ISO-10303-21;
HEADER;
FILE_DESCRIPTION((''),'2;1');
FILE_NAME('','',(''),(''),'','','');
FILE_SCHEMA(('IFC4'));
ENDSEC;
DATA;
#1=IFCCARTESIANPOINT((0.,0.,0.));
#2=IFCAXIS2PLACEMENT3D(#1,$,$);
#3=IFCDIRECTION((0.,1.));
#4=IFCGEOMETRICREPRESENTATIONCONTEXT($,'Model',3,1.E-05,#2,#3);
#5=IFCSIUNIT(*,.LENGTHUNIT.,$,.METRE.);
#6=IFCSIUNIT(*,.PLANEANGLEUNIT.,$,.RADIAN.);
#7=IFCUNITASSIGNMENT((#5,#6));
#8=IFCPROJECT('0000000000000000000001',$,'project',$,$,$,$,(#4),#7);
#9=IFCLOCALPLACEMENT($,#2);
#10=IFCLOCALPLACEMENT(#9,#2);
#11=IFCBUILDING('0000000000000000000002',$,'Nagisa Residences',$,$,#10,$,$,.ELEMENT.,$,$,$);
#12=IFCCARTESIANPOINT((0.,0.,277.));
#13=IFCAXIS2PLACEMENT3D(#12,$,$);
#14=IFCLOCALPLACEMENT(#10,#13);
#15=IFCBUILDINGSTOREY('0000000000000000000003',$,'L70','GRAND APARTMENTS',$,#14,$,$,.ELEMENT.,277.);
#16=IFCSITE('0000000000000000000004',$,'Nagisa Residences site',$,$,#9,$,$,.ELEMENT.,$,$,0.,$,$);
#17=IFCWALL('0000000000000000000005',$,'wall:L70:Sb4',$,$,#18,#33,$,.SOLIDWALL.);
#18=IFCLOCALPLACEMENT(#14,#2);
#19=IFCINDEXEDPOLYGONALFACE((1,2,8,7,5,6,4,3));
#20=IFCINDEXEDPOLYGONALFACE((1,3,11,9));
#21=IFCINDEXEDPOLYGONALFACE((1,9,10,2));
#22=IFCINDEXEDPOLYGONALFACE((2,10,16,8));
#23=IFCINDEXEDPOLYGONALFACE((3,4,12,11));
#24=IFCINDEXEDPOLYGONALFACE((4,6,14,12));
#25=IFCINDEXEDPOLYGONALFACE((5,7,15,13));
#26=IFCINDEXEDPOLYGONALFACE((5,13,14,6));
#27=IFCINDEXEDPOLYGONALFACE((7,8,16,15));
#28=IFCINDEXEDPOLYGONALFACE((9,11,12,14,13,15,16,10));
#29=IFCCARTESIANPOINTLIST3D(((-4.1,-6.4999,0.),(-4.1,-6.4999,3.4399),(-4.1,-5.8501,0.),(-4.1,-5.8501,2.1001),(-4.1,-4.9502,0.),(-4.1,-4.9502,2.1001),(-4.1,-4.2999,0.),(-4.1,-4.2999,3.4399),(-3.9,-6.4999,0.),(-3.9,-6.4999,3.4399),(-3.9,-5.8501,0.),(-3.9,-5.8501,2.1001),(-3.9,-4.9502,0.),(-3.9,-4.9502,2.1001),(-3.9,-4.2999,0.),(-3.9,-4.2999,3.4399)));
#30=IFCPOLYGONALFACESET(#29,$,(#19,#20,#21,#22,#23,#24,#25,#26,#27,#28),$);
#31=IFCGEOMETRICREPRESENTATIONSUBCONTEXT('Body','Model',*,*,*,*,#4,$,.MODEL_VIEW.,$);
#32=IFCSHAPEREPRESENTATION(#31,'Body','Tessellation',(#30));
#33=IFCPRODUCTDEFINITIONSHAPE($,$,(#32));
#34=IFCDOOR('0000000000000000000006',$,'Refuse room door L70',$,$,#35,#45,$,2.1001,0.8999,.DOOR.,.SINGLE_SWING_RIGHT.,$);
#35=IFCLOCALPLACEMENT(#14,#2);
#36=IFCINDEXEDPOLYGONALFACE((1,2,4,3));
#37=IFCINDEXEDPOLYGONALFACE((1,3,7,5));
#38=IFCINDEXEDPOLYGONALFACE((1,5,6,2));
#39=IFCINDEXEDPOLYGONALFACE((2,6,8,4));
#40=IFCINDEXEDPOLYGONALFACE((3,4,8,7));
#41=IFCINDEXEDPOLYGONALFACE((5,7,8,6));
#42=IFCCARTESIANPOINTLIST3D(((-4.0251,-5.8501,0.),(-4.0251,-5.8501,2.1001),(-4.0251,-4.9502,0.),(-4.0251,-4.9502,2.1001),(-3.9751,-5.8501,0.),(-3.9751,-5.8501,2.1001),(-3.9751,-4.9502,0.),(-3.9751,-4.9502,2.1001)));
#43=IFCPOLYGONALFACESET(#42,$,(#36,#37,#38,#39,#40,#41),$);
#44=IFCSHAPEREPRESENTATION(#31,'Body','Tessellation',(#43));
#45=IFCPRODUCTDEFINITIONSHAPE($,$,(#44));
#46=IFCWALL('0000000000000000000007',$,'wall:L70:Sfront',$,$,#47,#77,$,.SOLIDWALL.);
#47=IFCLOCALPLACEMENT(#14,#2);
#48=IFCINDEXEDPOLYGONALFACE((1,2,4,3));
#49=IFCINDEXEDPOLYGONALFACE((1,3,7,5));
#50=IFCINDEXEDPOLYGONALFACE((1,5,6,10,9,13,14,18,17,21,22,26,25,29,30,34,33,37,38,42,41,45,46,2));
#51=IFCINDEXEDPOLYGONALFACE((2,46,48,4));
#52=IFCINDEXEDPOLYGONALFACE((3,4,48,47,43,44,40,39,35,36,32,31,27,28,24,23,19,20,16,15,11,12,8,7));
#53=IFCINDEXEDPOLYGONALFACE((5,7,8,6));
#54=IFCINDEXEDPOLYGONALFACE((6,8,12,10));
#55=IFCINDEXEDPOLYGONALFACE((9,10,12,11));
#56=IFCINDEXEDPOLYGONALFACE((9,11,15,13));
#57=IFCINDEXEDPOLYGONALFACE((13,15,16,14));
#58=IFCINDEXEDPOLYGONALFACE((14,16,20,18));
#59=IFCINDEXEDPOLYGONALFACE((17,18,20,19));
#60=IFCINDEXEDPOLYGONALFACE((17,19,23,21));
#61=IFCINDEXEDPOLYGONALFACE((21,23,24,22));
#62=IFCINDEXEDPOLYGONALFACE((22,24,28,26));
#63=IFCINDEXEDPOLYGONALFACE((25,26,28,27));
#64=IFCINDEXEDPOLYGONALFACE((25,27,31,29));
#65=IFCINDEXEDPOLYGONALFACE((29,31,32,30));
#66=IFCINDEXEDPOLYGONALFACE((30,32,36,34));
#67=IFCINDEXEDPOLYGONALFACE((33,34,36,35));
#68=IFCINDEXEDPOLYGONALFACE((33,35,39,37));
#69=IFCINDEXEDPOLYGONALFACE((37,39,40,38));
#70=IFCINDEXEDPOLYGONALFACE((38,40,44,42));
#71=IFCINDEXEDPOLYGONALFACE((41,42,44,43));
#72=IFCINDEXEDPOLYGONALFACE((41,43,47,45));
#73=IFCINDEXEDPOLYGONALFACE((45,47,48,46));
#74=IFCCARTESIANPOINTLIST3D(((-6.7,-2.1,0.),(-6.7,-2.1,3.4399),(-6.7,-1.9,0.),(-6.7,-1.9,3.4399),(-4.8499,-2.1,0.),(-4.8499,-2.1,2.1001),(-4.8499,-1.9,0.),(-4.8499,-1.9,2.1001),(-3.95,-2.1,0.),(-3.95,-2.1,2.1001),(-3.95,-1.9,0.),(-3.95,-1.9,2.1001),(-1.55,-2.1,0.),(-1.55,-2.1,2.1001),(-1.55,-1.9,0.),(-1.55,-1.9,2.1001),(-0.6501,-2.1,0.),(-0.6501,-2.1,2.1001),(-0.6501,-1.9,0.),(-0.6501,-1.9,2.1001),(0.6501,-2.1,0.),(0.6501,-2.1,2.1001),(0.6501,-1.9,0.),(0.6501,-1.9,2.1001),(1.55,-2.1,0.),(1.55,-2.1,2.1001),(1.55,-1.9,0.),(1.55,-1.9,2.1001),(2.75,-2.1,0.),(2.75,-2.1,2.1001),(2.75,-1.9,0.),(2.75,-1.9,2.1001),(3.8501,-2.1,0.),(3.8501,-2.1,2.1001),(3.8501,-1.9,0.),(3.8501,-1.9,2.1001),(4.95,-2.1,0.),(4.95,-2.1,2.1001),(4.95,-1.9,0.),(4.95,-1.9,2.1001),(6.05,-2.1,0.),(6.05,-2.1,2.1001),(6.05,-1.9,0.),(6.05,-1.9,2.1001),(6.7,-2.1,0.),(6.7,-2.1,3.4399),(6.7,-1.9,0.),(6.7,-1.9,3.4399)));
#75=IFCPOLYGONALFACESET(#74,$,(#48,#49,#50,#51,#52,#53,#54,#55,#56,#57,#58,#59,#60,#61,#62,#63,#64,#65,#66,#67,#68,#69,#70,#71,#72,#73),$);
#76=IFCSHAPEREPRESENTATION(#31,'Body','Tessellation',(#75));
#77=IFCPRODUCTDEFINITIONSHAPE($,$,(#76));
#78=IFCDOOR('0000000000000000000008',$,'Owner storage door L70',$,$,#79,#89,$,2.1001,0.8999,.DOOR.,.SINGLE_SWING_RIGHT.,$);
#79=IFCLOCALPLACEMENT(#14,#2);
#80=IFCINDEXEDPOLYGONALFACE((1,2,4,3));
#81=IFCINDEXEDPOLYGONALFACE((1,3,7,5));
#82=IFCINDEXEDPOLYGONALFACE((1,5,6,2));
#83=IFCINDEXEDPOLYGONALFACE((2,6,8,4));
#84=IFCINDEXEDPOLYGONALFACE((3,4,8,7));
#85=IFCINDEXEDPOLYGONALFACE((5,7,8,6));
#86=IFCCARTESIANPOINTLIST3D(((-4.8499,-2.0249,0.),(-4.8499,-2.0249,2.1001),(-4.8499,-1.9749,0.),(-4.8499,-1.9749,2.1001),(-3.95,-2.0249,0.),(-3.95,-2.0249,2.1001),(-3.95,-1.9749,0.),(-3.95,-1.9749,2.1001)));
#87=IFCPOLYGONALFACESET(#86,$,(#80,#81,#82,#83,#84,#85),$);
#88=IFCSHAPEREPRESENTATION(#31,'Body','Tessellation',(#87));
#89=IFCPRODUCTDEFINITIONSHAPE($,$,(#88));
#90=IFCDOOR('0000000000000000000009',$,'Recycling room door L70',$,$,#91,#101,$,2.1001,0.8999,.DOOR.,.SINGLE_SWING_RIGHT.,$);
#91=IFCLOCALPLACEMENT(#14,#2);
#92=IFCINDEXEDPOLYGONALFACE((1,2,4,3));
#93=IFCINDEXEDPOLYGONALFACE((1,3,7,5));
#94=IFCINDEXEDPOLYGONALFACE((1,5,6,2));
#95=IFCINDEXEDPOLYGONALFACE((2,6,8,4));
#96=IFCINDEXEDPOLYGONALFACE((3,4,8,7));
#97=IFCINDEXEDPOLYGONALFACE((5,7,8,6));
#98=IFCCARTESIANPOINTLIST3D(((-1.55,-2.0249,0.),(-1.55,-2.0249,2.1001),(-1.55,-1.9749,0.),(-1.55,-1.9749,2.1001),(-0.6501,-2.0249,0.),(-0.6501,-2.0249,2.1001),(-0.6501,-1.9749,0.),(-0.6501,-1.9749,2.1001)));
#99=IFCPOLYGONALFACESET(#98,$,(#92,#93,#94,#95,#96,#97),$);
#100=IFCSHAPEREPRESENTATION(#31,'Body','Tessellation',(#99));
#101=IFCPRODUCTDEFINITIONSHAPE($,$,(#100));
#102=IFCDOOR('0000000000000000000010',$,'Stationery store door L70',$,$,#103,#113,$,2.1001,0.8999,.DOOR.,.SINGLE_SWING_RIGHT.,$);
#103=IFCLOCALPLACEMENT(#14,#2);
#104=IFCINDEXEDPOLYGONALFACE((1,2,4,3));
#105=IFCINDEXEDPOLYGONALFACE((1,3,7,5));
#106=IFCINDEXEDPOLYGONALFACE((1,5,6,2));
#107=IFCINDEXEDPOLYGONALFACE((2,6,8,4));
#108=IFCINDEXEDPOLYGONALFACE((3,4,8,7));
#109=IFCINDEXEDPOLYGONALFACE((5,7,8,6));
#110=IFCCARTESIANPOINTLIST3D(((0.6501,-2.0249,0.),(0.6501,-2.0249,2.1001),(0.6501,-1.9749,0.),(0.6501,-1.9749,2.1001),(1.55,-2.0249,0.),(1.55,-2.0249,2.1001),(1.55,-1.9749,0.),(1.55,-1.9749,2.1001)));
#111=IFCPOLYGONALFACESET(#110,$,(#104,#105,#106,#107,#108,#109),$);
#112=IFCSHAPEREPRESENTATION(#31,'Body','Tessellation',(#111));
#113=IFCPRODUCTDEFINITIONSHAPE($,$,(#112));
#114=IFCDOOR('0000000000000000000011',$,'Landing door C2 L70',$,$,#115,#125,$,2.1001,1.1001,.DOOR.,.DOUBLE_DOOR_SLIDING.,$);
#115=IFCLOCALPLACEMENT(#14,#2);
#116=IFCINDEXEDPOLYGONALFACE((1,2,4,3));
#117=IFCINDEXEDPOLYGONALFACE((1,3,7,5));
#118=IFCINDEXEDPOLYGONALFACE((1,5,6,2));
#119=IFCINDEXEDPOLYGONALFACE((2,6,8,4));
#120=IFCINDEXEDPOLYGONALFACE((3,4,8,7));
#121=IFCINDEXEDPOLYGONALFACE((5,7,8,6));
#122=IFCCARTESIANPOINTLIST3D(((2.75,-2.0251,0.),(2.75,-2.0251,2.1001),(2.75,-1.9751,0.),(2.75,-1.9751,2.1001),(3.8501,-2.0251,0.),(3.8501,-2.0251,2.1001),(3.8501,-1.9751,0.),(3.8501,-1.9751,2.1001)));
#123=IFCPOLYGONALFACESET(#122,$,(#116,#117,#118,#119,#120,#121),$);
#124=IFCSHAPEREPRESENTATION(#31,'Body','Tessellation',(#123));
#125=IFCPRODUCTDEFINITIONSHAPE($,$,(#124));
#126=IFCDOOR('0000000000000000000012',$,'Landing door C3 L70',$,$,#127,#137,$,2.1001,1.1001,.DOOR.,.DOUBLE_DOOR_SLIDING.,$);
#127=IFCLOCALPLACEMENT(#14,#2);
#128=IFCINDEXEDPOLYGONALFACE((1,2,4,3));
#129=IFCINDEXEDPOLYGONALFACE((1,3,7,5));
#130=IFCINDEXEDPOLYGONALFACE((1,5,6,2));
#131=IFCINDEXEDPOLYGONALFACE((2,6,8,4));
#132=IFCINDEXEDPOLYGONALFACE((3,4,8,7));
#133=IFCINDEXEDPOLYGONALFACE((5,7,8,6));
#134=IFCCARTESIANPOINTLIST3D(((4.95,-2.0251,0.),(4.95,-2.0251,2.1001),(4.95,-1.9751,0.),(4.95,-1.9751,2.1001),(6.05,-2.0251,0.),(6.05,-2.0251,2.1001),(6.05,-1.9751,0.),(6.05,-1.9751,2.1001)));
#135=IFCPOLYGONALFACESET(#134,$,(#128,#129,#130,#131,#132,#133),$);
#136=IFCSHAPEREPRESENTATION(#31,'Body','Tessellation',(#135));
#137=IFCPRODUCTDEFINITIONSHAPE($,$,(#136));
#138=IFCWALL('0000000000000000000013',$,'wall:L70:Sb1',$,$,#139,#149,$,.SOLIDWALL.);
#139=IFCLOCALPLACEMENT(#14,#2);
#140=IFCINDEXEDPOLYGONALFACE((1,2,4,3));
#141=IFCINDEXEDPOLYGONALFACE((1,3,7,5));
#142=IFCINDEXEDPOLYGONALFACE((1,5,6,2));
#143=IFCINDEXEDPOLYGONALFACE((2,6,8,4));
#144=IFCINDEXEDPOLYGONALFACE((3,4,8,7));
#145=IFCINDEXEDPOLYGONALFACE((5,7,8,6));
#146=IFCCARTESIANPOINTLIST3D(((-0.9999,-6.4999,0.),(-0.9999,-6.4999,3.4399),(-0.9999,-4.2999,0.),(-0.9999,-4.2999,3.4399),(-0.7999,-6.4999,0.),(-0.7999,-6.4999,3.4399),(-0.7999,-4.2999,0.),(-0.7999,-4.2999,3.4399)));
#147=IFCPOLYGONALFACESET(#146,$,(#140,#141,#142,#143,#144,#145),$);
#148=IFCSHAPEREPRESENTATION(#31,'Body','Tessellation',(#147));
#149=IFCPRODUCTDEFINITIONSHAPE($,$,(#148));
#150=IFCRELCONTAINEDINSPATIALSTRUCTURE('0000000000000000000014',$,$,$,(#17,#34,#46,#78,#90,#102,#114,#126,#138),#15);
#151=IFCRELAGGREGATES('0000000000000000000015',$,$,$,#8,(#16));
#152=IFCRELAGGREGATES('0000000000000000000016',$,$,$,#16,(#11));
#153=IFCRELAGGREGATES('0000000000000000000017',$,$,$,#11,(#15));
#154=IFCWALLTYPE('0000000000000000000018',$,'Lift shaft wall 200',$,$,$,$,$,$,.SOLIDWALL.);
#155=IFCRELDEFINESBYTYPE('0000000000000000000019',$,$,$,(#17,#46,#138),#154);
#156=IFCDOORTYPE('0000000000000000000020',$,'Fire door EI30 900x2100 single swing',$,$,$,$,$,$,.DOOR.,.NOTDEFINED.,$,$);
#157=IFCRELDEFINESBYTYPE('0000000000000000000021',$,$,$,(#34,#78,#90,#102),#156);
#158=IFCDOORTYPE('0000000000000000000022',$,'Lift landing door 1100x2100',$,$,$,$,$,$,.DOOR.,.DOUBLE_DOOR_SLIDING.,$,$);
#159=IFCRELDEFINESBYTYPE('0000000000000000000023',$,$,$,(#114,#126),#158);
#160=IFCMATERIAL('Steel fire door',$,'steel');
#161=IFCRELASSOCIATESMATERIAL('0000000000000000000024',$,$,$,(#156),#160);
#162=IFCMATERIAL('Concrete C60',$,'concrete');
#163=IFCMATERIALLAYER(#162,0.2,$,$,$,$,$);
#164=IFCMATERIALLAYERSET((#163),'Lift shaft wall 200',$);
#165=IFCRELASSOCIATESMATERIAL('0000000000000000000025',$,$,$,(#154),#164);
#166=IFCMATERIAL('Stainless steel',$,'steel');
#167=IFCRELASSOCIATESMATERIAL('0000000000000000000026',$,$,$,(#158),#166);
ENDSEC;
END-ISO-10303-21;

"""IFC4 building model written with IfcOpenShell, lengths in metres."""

from ifc_helpers import new_model, si_unit, direction, frame, frame_2d, origin, place, context, subcontext, project, spatial, rectangle, extrude, material, layer, layer_set, type_object, element, fill, save


model = new_model("IFC4")

# Units and contexts
model_context = context("Model", 3, precision=1e-05, world=origin(), true_north=direction((0.0, 1.0)))
body_context = subcontext(model_context, "Body", "Model", "MODEL_VIEW")
ifc_project = project(units=[si_unit("LENGTHUNIT", "METRE"), si_unit("PLANEANGLEUNIT", "RADIAN")], contexts=[model_context])

# Site, building, storey
site_placement = place(None, origin())
site = spatial("IfcSite", under=ifc_project, at=site_placement, Name="Nagisa Residences site", CompositionType="ELEMENT", RefElevation=0.0)
building_placement = place(site_placement, origin())
building = spatial("IfcBuilding", under=site, at=building_placement, Name="Nagisa Residences", CompositionType="ELEMENT")
storey_placement = place(building_placement, frame((0.0, 0.0, 277.0)))
storey = spatial("IfcBuildingStorey", under=building, at=storey_placement, Name="L70", Description="GRAND APARTMENTS", CompositionType="ELEMENT", Elevation=277.0)

# Shared definitions
ifc_material_1 = material(Name="Steel fire door", Category="steel")
door_type_1 = type_object("IfcDoorType", Name="Fire door EI30 900x2100 single swing", OperationType="NOTDEFINED", PredefinedType="DOOR", material=ifc_material_1)

# Wall, opening, door
ifc_material_2 = material(Name="Concrete C60", Category="concrete")
ifc_layer_1 = layer(ifc_material_2, 0.2)
ifc_layer_set_1 = layer_set([ifc_layer_1], Name="Lift shaft wall 200")
wall_type_1 = type_object("IfcWallType", Name="Lift shaft wall 200", PredefinedType="SOLIDWALL", material=ifc_layer_set_1)
wall_1_placement = place(storey_placement, frame((-4.0, -6.5, 0.0), z_axis=(0.0, 0.0, 1.0), x_axis=(0.0, 1.0, 0.0)))
wall_1 = element("IfcWall", 1, at=wall_1_placement, inside=storey, type_object=wall_type_1, Name="wall:L70:Sb4", PredefinedType="SOLIDWALL", context=body_context, shape_type="SweptSolid", body=[
    extrude(rectangle(XDim=2.2, YDim=0.2, at=frame_2d((1.1001, 0.0))), origin(), (0.0, 0.0, 1.0), 3.4399),
])
opening_1_placement = place(wall_1_placement, frame((0.6499, 0.0, 0.0)))
opening_1 = element("IfcOpeningElement", 2, at=opening_1_placement, cuts=wall_1, PredefinedType="OPENING", context=body_context, shape_type="SweptSolid", body=[
    extrude(rectangle(XDim=0.8999, YDim=2.1001, at=frame_2d((0.45, 1.05))), frame((0.0, 0.1099, 0.0), z_axis=(0.0, -1.0, 0.0), x_axis=(1.0, 0.0, 0.0)), (0.0, 0.0, 1.0), 0.22),
])
door_1_placement = place(opening_1_placement, frame((0.8999, 0.0, 0.0), x_axis=(-1.0, 0.0, 0.0)))
door_1 = element("IfcDoor", 3, at=door_1_placement, inside=storey, type_object=door_type_1, Name="Refuse room door L70", OperationType="SINGLE_SWING_RIGHT", OverallHeight=2.1001, OverallWidth=0.8999, PredefinedType="DOOR", context=body_context, shape_type="SweptSolid", body=[
    extrude(rectangle(XDim=0.8999, YDim=2.1001, at=frame_2d((0.45, 1.05))), frame((0.0, 0.0249, 0.0), z_axis=(0.0, -1.0, 0.0), x_axis=(1.0, 0.0, 0.0)), (0.0, 0.0, 1.0), 0.05),
])
fill(opening_1, door_1)

# Wall, openings, doors
wall_2_placement = place(storey_placement, frame((-6.7, -2.0, 0.0), z_axis=(0.0, 0.0, 1.0), x_axis=(1.0, 0.0, 0.0)))
wall_2 = element("IfcWall", 4, at=wall_2_placement, inside=storey, type_object=wall_type_1, Name="wall:L70:Sfront", PredefinedType="SOLIDWALL", context=body_context, shape_type="SweptSolid", body=[
    extrude(rectangle(XDim=13.3999, YDim=0.2, at=frame_2d((6.7, 0.0))), origin(), (0.0, 0.0, 1.0), 3.4399),
])
opening_2_placement = place(wall_2_placement, frame((9.45, 0.0, 0.0)))
opening_2 = element("IfcOpeningElement", 5, at=opening_2_placement, cuts=wall_2, PredefinedType="OPENING", context=body_context, shape_type="SweptSolid", body=[
    extrude(rectangle(XDim=1.1001, YDim=2.1001, at=frame_2d((0.55, 1.05))), frame((0.0, 0.1099, 0.0), z_axis=(0.0, -1.0, 0.0), x_axis=(1.0, 0.0, 0.0)), (0.0, 0.0, 1.0), 0.22),
])
opening_3_placement = place(wall_2_placement, frame((11.6499, 0.0, 0.0)))
opening_3 = element("IfcOpeningElement", 6, at=opening_3_placement, cuts=wall_2, PredefinedType="OPENING", context=body_context, shape_type="SweptSolid", body=[
    extrude(rectangle(XDim=1.1001, YDim=2.1001, at=frame_2d((0.55, 1.05))), frame((0.0, 0.1099, 0.0), z_axis=(0.0, -1.0, 0.0), x_axis=(1.0, 0.0, 0.0)), (0.0, 0.0, 1.0), 0.22),
])
opening_4_placement = place(wall_2_placement, frame((1.8501, 0.0, 0.0)))
opening_4 = element("IfcOpeningElement", 7, at=opening_4_placement, cuts=wall_2, PredefinedType="OPENING", context=body_context, shape_type="SweptSolid", body=[
    extrude(rectangle(XDim=0.8999, YDim=2.1001, at=frame_2d((0.45, 1.05))), frame((0.0, 0.1099, 0.0), z_axis=(0.0, -1.0, 0.0), x_axis=(1.0, 0.0, 0.0)), (0.0, 0.0, 1.0), 0.22),
])
opening_5_placement = place(wall_2_placement, frame((5.1499, 0.0, 0.0)))
opening_5 = element("IfcOpeningElement", 8, at=opening_5_placement, cuts=wall_2, PredefinedType="OPENING", context=body_context, shape_type="SweptSolid", body=[
    extrude(rectangle(XDim=0.8999, YDim=2.1001, at=frame_2d((0.45, 1.05))), frame((0.0, 0.1099, 0.0), z_axis=(0.0, -1.0, 0.0), x_axis=(1.0, 0.0, 0.0)), (0.0, 0.0, 1.0), 0.22),
])
opening_6_placement = place(wall_2_placement, frame((7.3501, 0.0, 0.0)))
opening_6 = element("IfcOpeningElement", 9, at=opening_6_placement, cuts=wall_2, PredefinedType="OPENING", context=body_context, shape_type="SweptSolid", body=[
    extrude(rectangle(XDim=0.8999, YDim=2.1001, at=frame_2d((0.45, 1.05))), frame((0.0, 0.1099, 0.0), z_axis=(0.0, -1.0, 0.0), x_axis=(1.0, 0.0, 0.0)), (0.0, 0.0, 1.0), 0.22),
])
door_2_placement = place(opening_4_placement, frame((0.8999, 0.0, 0.0), x_axis=(-1.0, 0.0, 0.0)))
door_2 = element("IfcDoor", 10, at=door_2_placement, inside=storey, type_object=door_type_1, Name="Owner storage door L70", OperationType="SINGLE_SWING_RIGHT", OverallHeight=2.1001, OverallWidth=0.8999, PredefinedType="DOOR", context=body_context, shape_type="SweptSolid", body=[
    extrude(rectangle(XDim=0.8999, YDim=2.1001, at=frame_2d((0.45, 1.05))), frame((0.0, 0.0249, 0.0), z_axis=(0.0, -1.0, 0.0), x_axis=(1.0, 0.0, 0.0)), (0.0, 0.0, 1.0), 0.05),
])
fill(opening_4, door_2)
door_3_placement = place(opening_5_placement, frame((0.8999, 0.0, 0.0), x_axis=(-1.0, 0.0, 0.0)))
door_3 = element("IfcDoor", 11, at=door_3_placement, inside=storey, type_object=door_type_1, Name="Recycling room door L70", OperationType="SINGLE_SWING_RIGHT", OverallHeight=2.1001, OverallWidth=0.8999, PredefinedType="DOOR", context=body_context, shape_type="SweptSolid", body=[
    extrude(rectangle(XDim=0.8999, YDim=2.1001, at=frame_2d((0.45, 1.05))), frame((0.0, 0.0249, 0.0), z_axis=(0.0, -1.0, 0.0), x_axis=(1.0, 0.0, 0.0)), (0.0, 0.0, 1.0), 0.05),
])
fill(opening_5, door_3)
door_4_placement = place(opening_6_placement, frame((0.8999, 0.0, 0.0), x_axis=(-1.0, 0.0, 0.0)))
door_4 = element("IfcDoor", 12, at=door_4_placement, inside=storey, type_object=door_type_1, Name="Stationery store door L70", OperationType="SINGLE_SWING_RIGHT", OverallHeight=2.1001, OverallWidth=0.8999, PredefinedType="DOOR", context=body_context, shape_type="SweptSolid", body=[
    extrude(rectangle(XDim=0.8999, YDim=2.1001, at=frame_2d((0.45, 1.05))), frame((0.0, 0.0249, 0.0), z_axis=(0.0, -1.0, 0.0), x_axis=(1.0, 0.0, 0.0)), (0.0, 0.0, 1.0), 0.05),
])
fill(opening_6, door_4)
ifc_material_3 = material(Name="Stainless steel", Category="steel")
door_type_2 = type_object("IfcDoorType", Name="Lift landing door 1100x2100", OperationType="DOUBLE_DOOR_SLIDING", PredefinedType="DOOR", material=ifc_material_3)
door_5_placement = place(opening_2_placement, origin())
door_5 = element("IfcDoor", 13, at=door_5_placement, inside=storey, type_object=door_type_2, Name="Landing door C2 L70", OperationType="DOUBLE_DOOR_SLIDING", OverallHeight=2.1001, OverallWidth=1.1001, PredefinedType="DOOR", context=body_context, shape_type="SweptSolid", body=[
    extrude(rectangle(XDim=1.1001, YDim=2.1001, at=frame_2d((0.55, 1.05))), frame((0.0, 0.0249, 0.0), z_axis=(0.0, -1.0, 0.0), x_axis=(1.0, 0.0, 0.0)), (0.0, 0.0, 1.0), 0.05),
])
fill(opening_2, door_5)
door_6_placement = place(opening_3_placement, origin())
door_6 = element("IfcDoor", 14, at=door_6_placement, inside=storey, type_object=door_type_2, Name="Landing door C3 L70", OperationType="DOUBLE_DOOR_SLIDING", OverallHeight=2.1001, OverallWidth=1.1001, PredefinedType="DOOR", context=body_context, shape_type="SweptSolid", body=[
    extrude(rectangle(XDim=1.1001, YDim=2.1001, at=frame_2d((0.55, 1.05))), frame((0.0, 0.0249, 0.0), z_axis=(0.0, -1.0, 0.0), x_axis=(1.0, 0.0, 0.0)), (0.0, 0.0, 1.0), 0.05),
])
fill(opening_3, door_6)

# Wall
wall_3_placement = place(storey_placement, frame((-0.8999, -6.5, 0.0), z_axis=(0.0, 0.0, 1.0), x_axis=(0.0, 1.0, 0.0)))
element("IfcWall", 15, at=wall_3_placement, inside=storey, type_object=wall_type_1, Name="wall:L70:Sb1", PredefinedType="SOLIDWALL", context=body_context, shape_type="SweptSolid", body=[
    extrude(rectangle(XDim=2.2, YDim=0.2, at=frame_2d((1.1001, 0.0))), origin(), (0.0, 0.0, 1.0), 3.4399),
])

save(model, "model.ifc")
